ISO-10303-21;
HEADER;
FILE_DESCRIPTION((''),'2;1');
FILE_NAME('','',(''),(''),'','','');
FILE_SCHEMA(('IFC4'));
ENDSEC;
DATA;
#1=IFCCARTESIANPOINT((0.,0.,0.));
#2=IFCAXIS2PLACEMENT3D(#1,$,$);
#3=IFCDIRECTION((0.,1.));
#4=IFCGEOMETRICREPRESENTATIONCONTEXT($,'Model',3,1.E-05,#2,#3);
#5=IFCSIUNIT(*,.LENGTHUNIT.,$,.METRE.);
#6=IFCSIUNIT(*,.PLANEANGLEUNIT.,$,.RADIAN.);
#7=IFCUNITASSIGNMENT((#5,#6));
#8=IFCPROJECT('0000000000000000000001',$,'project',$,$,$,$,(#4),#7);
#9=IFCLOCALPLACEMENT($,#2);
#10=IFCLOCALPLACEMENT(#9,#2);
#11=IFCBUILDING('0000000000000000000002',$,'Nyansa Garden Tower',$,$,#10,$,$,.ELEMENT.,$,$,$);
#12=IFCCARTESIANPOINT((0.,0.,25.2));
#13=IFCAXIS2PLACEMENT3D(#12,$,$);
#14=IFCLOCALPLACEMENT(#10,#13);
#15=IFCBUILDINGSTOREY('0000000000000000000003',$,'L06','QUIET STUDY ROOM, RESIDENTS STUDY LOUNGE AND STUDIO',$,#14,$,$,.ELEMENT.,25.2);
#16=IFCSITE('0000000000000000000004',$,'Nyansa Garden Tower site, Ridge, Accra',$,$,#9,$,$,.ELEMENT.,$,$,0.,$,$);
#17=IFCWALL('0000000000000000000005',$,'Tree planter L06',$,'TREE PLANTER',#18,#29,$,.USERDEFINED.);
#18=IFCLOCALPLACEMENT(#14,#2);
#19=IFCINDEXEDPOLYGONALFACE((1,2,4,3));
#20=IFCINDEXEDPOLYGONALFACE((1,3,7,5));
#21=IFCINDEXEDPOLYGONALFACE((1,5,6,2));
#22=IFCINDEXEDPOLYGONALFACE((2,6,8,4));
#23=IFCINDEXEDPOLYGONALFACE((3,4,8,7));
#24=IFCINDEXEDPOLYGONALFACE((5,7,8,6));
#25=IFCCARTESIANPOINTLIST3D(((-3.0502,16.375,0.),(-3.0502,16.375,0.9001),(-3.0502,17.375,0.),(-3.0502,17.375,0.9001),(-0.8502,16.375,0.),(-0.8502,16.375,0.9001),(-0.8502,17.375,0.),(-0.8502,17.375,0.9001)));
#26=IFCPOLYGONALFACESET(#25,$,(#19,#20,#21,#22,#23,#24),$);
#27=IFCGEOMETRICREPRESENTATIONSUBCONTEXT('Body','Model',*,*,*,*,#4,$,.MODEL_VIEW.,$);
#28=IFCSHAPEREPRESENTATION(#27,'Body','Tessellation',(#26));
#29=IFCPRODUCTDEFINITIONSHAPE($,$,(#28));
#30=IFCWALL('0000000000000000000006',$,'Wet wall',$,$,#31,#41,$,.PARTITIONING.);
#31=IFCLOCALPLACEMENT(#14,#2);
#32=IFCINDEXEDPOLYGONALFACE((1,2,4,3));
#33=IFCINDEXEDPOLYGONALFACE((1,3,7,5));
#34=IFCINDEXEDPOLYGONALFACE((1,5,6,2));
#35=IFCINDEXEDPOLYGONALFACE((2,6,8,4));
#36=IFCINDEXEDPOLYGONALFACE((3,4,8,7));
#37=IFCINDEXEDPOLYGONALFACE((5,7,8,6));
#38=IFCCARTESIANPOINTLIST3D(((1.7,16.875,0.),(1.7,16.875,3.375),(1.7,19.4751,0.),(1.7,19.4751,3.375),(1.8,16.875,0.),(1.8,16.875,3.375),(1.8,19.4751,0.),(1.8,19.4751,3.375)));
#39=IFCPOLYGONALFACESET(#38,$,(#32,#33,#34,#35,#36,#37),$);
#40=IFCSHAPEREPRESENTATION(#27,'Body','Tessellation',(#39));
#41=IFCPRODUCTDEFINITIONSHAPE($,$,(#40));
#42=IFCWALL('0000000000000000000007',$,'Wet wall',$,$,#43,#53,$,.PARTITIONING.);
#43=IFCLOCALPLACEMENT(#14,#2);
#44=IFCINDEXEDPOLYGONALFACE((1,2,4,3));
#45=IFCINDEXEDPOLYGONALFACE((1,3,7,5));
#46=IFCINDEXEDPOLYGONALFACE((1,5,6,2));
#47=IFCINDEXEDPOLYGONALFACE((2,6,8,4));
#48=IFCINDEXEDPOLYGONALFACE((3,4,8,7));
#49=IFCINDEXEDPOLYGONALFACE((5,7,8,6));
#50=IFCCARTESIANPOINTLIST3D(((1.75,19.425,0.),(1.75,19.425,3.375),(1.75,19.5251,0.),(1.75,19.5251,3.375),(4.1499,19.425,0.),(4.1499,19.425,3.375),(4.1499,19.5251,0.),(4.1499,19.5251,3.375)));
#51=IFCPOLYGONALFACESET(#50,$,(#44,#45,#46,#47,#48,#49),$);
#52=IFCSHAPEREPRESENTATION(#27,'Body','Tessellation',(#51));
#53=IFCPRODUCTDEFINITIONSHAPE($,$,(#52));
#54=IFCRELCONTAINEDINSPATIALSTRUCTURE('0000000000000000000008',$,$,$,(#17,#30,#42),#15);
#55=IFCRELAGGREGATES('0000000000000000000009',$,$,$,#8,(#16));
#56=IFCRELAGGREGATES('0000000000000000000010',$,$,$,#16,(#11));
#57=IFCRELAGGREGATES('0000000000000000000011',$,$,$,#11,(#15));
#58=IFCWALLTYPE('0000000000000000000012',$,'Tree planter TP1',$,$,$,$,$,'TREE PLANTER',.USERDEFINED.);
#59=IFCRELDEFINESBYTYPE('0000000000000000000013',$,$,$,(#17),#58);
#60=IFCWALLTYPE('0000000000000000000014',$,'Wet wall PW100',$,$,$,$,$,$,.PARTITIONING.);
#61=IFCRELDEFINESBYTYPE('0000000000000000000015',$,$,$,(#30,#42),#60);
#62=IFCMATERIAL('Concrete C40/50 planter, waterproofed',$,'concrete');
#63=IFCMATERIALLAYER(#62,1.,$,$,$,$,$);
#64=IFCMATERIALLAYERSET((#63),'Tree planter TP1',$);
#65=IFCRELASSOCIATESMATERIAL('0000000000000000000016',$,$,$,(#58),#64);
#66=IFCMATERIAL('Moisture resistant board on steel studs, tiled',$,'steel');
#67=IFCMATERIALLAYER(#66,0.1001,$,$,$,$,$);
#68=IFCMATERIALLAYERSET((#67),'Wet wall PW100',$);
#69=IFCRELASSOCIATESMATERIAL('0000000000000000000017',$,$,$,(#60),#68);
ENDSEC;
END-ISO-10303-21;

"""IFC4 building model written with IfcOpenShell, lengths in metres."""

from ifc_helpers import new_model, si_unit, direction, frame, frame_2d, origin, place, context, subcontext, project, spatial, rectangle, extrude, material, layer, layer_set, type_object, element, save


model = new_model("IFC4")

# Units and contexts
model_context = context("Model", 3, precision=1e-05, world=origin(), true_north=direction((0.0, 1.0)))
body_context = subcontext(model_context, "Body", "Model", "MODEL_VIEW")
ifc_project = project(units=[si_unit("LENGTHUNIT", "METRE"), si_unit("PLANEANGLEUNIT", "RADIAN")], contexts=[model_context])

# Site, building, storey
site_placement = place(None, origin())
site = spatial("IfcSite", under=ifc_project, at=site_placement, Name="Nyansa Garden Tower site, Ridge, Accra", CompositionType="ELEMENT", RefElevation=0.0)
building_placement = place(site_placement, origin())
building = spatial("IfcBuilding", under=site, at=building_placement, Name="Nyansa Garden Tower", CompositionType="ELEMENT")
storey_placement = place(building_placement, frame((0.0, 0.0, 25.2)))
storey = spatial("IfcBuildingStorey", under=building, at=storey_placement, Name="L06", Description="QUIET STUDY ROOM, RESIDENTS STUDY LOUNGE AND STUDIO", CompositionType="ELEMENT", Elevation=25.2)

# Walls
ifc_material_1 = material(Name="Concrete C40/50 planter, waterproofed", Category="concrete")
ifc_layer_1 = layer(ifc_material_1, 1.0)
ifc_layer_set_1 = layer_set([ifc_layer_1], Name="Tree planter TP1")
wall_type_1 = type_object("IfcWallType", Name="Tree planter TP1", ElementType="TREE PLANTER", PredefinedType="USERDEFINED", material=ifc_layer_set_1)
wall_1_placement = place(storey_placement, frame((-0.8501, 16.875, 0.0), z_axis=(0.0, 0.0, 1.0), x_axis=(-1.0, 0.0, 0.0)))
element("IfcWall", 1, at=wall_1_placement, inside=storey, type_object=wall_type_1, Name="Tree planter L06", ObjectType="TREE PLANTER", PredefinedType="USERDEFINED", context=body_context, shape_type="SweptSolid", body=[
    extrude(rectangle(XDim=2.2, YDim=1.0, at=frame_2d((1.1001, 0.0))), origin(), (0.0, 0.0, 1.0), 0.9001),
])
ifc_material_2 = material(Name="Moisture resistant board on steel studs, tiled", Category="steel")
ifc_layer_2 = layer(ifc_material_2, 0.1001)
ifc_layer_set_2 = layer_set([ifc_layer_2], Name="Wet wall PW100")
wall_type_2 = type_object("IfcWallType", Name="Wet wall PW100", PredefinedType="PARTITIONING", material=ifc_layer_set_2)
wall_2_placement = place(storey_placement, frame((1.75, 16.875, 0.0), z_axis=(0.0, 0.0, 1.0), x_axis=(0.0, 1.0, 0.0)))
element("IfcWall", 2, at=wall_2_placement, inside=storey, type_object=wall_type_2, Name="Wet wall", PredefinedType="PARTITIONING", context=body_context, shape_type="SweptSolid", body=[
    extrude(rectangle(XDim=2.6001, YDim=0.1001, at=frame_2d((1.3, 0.0))), origin(), (0.0, 0.0, 1.0), 3.375),
])
wall_3_placement = place(storey_placement, frame((1.75, 19.4751, 0.0), z_axis=(0.0, 0.0, 1.0), x_axis=(1.0, 0.0, 0.0)))
element("IfcWall", 3, at=wall_3_placement, inside=storey, type_object=wall_type_2, Name="Wet wall", PredefinedType="PARTITIONING", context=body_context, shape_type="SweptSolid", body=[
    extrude(rectangle(XDim=2.3999, YDim=0.1001, at=frame_2d((1.2, 0.0))), origin(), (0.0, 0.0, 1.0), 3.375),
])

save(model, "model.ifc")
